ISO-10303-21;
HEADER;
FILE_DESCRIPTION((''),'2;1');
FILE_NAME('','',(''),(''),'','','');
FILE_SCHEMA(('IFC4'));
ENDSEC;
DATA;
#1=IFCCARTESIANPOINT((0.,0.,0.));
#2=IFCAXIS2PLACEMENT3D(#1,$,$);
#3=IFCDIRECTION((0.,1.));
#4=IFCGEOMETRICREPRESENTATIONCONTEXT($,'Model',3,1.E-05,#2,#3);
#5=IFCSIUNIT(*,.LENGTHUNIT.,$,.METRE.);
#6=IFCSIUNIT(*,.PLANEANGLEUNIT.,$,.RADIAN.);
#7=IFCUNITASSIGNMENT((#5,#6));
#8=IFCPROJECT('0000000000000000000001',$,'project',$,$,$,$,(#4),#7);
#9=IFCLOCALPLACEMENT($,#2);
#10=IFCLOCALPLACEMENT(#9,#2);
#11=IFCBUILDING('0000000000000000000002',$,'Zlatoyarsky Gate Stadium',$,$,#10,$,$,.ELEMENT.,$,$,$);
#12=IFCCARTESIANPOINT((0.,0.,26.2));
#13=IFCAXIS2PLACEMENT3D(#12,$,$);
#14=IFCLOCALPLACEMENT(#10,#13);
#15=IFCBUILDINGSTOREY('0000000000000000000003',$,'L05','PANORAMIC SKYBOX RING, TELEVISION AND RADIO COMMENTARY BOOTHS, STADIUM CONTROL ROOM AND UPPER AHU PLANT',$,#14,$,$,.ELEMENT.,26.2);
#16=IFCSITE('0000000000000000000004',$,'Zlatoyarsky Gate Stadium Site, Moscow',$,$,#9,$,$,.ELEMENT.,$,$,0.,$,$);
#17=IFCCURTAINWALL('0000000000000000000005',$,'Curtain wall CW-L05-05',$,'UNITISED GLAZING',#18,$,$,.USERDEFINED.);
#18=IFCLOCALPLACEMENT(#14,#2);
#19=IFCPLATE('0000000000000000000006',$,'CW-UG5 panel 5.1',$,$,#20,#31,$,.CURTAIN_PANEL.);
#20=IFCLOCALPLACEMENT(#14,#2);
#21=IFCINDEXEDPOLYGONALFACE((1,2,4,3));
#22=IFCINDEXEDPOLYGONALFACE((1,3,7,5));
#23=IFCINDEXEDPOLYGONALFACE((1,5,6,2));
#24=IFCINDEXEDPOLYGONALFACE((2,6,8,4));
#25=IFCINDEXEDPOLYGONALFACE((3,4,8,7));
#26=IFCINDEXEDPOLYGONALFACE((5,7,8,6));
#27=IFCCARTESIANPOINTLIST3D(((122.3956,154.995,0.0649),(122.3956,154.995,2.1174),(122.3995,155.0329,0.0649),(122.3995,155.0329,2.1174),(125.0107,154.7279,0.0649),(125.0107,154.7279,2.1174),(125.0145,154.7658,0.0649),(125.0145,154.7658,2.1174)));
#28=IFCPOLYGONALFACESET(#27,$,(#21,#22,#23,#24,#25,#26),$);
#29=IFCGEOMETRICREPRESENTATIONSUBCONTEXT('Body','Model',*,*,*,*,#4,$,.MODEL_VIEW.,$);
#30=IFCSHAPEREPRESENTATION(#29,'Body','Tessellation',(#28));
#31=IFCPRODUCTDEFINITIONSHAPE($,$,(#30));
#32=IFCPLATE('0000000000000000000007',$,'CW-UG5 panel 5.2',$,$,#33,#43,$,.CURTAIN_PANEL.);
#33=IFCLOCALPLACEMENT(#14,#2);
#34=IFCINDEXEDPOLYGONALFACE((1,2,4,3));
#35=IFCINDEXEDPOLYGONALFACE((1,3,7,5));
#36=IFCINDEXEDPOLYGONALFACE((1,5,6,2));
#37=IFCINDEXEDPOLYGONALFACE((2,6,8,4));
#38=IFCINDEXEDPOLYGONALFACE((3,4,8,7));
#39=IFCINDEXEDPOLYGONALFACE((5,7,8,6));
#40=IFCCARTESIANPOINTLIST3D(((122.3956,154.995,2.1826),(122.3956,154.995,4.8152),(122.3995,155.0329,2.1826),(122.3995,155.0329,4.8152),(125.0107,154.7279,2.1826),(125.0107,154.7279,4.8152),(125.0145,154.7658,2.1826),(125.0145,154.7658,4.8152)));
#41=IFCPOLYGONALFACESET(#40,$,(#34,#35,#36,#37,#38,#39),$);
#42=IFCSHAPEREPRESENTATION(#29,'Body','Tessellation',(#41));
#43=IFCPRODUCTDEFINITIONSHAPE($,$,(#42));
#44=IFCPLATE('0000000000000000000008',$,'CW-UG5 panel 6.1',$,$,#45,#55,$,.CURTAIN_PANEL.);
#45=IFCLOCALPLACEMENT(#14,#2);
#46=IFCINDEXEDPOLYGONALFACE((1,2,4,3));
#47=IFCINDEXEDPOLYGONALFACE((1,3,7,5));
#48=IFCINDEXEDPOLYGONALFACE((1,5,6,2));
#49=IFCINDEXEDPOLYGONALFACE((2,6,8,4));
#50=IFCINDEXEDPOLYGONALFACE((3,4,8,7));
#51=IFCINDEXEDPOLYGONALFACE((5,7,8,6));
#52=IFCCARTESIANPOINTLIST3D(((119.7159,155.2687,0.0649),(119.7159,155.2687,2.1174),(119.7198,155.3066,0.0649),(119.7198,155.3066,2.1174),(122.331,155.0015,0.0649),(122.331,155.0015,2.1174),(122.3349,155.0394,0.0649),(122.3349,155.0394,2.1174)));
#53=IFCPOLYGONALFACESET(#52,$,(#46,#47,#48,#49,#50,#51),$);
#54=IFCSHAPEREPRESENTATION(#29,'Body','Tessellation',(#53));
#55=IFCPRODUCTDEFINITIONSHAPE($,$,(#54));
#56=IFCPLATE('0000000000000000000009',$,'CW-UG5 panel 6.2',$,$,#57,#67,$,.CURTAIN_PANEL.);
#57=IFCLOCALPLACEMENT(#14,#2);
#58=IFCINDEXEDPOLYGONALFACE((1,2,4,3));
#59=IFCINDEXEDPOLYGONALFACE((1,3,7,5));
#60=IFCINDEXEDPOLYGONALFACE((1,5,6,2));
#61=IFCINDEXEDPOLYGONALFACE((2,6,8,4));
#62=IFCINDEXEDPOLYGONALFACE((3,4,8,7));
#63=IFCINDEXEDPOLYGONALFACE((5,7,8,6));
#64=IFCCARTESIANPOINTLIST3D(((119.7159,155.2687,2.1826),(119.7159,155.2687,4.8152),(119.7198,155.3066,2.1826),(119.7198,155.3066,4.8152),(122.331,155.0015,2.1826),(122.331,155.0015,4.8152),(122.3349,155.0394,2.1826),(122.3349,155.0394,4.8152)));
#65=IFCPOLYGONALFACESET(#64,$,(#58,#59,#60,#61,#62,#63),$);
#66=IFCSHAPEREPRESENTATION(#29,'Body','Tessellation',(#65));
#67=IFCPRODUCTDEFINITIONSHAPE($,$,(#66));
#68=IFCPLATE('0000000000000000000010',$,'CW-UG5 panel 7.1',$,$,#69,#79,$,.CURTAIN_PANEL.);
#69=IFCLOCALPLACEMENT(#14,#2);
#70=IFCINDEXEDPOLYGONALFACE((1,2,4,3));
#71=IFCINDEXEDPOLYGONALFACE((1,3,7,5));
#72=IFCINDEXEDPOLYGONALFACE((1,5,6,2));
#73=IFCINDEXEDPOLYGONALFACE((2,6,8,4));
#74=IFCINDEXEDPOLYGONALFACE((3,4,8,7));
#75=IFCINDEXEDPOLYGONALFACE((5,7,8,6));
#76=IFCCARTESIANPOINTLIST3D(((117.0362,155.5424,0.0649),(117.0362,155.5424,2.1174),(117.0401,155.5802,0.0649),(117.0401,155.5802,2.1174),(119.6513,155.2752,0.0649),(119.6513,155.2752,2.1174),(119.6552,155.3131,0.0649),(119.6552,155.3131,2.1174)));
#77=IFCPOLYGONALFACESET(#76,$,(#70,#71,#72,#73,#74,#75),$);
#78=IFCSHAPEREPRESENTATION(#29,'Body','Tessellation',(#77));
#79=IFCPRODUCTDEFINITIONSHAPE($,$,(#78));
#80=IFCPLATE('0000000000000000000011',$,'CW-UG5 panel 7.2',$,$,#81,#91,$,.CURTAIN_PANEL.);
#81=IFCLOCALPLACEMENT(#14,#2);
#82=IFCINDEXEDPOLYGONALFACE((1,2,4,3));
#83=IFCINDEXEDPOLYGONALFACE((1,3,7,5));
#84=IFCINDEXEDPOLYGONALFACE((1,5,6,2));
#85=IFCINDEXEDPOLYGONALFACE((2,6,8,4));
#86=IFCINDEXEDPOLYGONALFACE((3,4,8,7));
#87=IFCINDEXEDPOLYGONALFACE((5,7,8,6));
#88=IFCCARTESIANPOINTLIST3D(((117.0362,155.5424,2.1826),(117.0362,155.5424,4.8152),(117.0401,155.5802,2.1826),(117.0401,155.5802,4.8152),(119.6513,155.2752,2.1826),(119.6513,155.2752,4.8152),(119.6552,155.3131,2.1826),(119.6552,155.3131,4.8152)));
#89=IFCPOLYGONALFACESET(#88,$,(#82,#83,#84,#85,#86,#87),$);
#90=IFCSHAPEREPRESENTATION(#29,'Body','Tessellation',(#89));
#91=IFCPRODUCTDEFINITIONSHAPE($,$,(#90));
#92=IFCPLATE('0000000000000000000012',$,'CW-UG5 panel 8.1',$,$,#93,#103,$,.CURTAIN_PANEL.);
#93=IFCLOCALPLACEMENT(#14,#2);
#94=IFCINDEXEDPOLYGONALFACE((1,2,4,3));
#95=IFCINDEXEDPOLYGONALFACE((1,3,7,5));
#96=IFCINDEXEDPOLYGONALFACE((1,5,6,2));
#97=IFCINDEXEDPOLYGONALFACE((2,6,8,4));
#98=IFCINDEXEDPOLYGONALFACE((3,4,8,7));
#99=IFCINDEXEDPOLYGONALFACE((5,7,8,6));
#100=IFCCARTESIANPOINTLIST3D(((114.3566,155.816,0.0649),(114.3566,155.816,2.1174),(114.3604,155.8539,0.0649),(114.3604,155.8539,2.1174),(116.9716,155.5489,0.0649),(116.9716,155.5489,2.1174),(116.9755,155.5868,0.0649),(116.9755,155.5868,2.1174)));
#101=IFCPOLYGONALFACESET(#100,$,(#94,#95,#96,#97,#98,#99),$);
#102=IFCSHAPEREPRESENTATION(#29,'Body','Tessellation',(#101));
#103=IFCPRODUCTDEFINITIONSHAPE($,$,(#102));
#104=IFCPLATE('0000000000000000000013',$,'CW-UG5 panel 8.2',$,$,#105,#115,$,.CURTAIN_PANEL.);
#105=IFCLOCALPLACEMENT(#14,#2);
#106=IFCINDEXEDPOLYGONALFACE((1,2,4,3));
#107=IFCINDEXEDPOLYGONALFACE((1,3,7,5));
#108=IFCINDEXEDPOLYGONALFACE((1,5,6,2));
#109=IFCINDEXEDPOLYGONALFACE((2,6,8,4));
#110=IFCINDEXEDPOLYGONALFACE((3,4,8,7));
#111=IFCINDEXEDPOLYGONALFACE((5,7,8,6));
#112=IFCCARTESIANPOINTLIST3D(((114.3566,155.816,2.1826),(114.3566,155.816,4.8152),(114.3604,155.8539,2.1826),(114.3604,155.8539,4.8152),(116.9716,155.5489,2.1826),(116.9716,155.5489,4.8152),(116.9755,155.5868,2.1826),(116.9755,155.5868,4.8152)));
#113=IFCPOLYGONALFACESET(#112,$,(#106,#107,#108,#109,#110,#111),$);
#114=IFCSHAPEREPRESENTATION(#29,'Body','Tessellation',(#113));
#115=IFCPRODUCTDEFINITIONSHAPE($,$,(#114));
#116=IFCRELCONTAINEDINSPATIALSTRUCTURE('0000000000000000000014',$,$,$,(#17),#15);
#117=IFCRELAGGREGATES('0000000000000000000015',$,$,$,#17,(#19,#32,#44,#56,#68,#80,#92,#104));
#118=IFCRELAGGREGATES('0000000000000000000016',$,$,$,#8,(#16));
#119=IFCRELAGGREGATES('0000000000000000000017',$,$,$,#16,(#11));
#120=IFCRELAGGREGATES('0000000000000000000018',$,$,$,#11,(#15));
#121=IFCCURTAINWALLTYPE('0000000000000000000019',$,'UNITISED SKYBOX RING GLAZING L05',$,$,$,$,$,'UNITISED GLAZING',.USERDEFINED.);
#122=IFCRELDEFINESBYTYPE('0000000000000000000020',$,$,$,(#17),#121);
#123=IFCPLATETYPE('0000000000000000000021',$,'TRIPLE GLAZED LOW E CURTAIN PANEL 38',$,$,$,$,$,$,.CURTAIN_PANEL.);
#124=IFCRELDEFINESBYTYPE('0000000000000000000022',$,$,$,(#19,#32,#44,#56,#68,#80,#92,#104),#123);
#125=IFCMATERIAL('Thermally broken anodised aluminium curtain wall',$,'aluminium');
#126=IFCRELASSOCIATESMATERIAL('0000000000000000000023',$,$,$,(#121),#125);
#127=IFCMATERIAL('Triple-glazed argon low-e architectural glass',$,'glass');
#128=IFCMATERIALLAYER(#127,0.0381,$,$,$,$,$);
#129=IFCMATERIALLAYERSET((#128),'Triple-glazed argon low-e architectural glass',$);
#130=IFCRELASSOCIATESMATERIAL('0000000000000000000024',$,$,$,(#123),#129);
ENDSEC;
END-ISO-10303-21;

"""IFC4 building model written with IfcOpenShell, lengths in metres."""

from ifc_helpers import new_model, si_unit, direction, frame, origin, origin_2d, place, context, subcontext, project, spatial, rectangle, extrude, material, layer, layer_set, type_object, element, aggregate, save


model = new_model("IFC4")

# Units and contexts
model_context = context("Model", 3, precision=1e-05, world=origin(), true_north=direction((0.0, 1.0)))
body_context = subcontext(model_context, "Body", "Model", "MODEL_VIEW")
ifc_project = project(units=[si_unit("LENGTHUNIT", "METRE"), si_unit("PLANEANGLEUNIT", "RADIAN")], contexts=[model_context])

# Site, building, storey
site_placement = place(None, origin())
site = spatial("IfcSite", under=ifc_project, at=site_placement, Name="Zlatoyarsky Gate Stadium Site, Moscow", CompositionType="ELEMENT", RefElevation=0.0)
building_placement = place(site_placement, origin())
building = spatial("IfcBuilding", under=site, at=building_placement, Name="Zlatoyarsky Gate Stadium", CompositionType="ELEMENT")
storey_placement = place(building_placement, frame((0.0, 0.0, 26.2)))
storey = spatial("IfcBuildingStorey", under=building, at=storey_placement, Name="L05", Description="PANORAMIC SKYBOX RING, TELEVISION AND RADIO COMMENTARY BOOTHS, STADIUM CONTROL ROOM AND UPPER AHU PLANT", CompositionType="ELEMENT", Elevation=26.2)

# Curtain wall
ifc_material_1 = material(Name="Thermally broken anodised aluminium curtain wall", Category="aluminium")
curtain_wall_type = type_object("IfcCurtainWallType", Name="UNITISED SKYBOX RING GLAZING L05", ElementType="UNITISED GLAZING", PredefinedType="USERDEFINED", material=ifc_material_1)
curtain_wall_placement = place(storey_placement, origin())
curtain_wall = element("IfcCurtainWall", 1, at=curtain_wall_placement, inside=storey, type_object=curtain_wall_type, Name="Curtain wall CW-L05-05", ObjectType="UNITISED GLAZING", PredefinedType="USERDEFINED")

# Plates
ifc_material_2 = material(Name="Triple-glazed argon low-e architectural glass", Category="glass")
ifc_layer_1 = layer(ifc_material_2, 0.0381)
ifc_layer_set_1 = layer_set([ifc_layer_1], Name="Triple-glazed argon low-e architectural glass")
plate_type_1 = type_object("IfcPlateType", Name="TRIPLE GLAZED LOW E CURTAIN PANEL 38", PredefinedType="CURTAIN_PANEL", material=ifc_layer_set_1)
plate_1_placement = place(storey_placement, frame((123.7051, 154.8804, 0.0649), z_axis=(0.0, 0.0, 1.0), x_axis=(-0.994823, 0.101618, 0.0)))
plate_1 = element("IfcPlate", 2, at=plate_1_placement, type_object=plate_type_1, Name="CW-UG5 panel 5.1", PredefinedType="CURTAIN_PANEL", context=body_context, shape_type="SweptSolid", body=[
    extrude(rectangle(XDim=2.6287, YDim=0.0381, at=origin_2d()), origin(), (0.0, 0.0, 1.0), 2.0525),
])
plate_2_placement = place(storey_placement, frame((123.7051, 154.8804, 2.1826), z_axis=(0.0, 0.0, 1.0), x_axis=(-0.994823, 0.101618, 0.0)))
plate_2 = element("IfcPlate", 3, at=plate_2_placement, type_object=plate_type_1, Name="CW-UG5 panel 5.2", PredefinedType="CURTAIN_PANEL", context=body_context, shape_type="SweptSolid", body=[
    extrude(rectangle(XDim=2.6287, YDim=0.0381, at=origin_2d()), origin(), (0.0, 0.0, 1.0), 2.6326),
])
plate_3_placement = place(storey_placement, frame((121.0254, 155.1541, 0.0649), z_axis=(0.0, 0.0, 1.0), x_axis=(-0.994823, 0.101618, 0.0)))
plate_3 = element("IfcPlate", 4, at=plate_3_placement, type_object=plate_type_1, Name="CW-UG5 panel 6.1", PredefinedType="CURTAIN_PANEL", context=body_context, shape_type="SweptSolid", body=[
    extrude(rectangle(XDim=2.6287, YDim=0.0381, at=origin_2d()), origin(), (0.0, 0.0, 1.0), 2.0525),
])
plate_4_placement = place(storey_placement, frame((121.0254, 155.1541, 2.1826), z_axis=(0.0, 0.0, 1.0), x_axis=(-0.994823, 0.101618, 0.0)))
plate_4 = element("IfcPlate", 5, at=plate_4_placement, type_object=plate_type_1, Name="CW-UG5 panel 6.2", PredefinedType="CURTAIN_PANEL", context=body_context, shape_type="SweptSolid", body=[
    extrude(rectangle(XDim=2.6287, YDim=0.0381, at=origin_2d()), origin(), (0.0, 0.0, 1.0), 2.6326),
])
plate_5_placement = place(storey_placement, frame((118.3457, 155.4277, 0.0649), z_axis=(0.0, 0.0, 1.0), x_axis=(-0.994823, 0.101618, 0.0)))
plate_5 = element("IfcPlate", 6, at=plate_5_placement, type_object=plate_type_1, Name="CW-UG5 panel 7.1", PredefinedType="CURTAIN_PANEL", context=body_context, shape_type="SweptSolid", body=[
    extrude(rectangle(XDim=2.6287, YDim=0.0381, at=origin_2d()), origin(), (0.0, 0.0, 1.0), 2.0525),
])
plate_6_placement = place(storey_placement, frame((118.3457, 155.4277, 2.1826), z_axis=(0.0, 0.0, 1.0), x_axis=(-0.994823, 0.101618, 0.0)))
plate_6 = element("IfcPlate", 7, at=plate_6_placement, type_object=plate_type_1, Name="CW-UG5 panel 7.2", PredefinedType="CURTAIN_PANEL", context=body_context, shape_type="SweptSolid", body=[
    extrude(rectangle(XDim=2.6287, YDim=0.0381, at=origin_2d()), origin(), (0.0, 0.0, 1.0), 2.6326),
])
plate_7_placement = place(storey_placement, frame((115.666, 155.7014, 0.0649), z_axis=(0.0, 0.0, 1.0), x_axis=(-0.994823, 0.101618, 0.0)))
plate_7 = element("IfcPlate", 8, at=plate_7_placement, type_object=plate_type_1, Name="CW-UG5 panel 8.1", PredefinedType="CURTAIN_PANEL", context=body_context, shape_type="SweptSolid", body=[
    extrude(rectangle(XDim=2.6287, YDim=0.0381, at=origin_2d()), origin(), (0.0, 0.0, 1.0), 2.0525),
])
plate_8_placement = place(storey_placement, frame((115.666, 155.7014, 2.1826), z_axis=(0.0, 0.0, 1.0), x_axis=(-0.994823, 0.101618, 0.0)))
plate_8 = element("IfcPlate", 9, at=plate_8_placement, type_object=plate_type_1, Name="CW-UG5 panel 8.2", PredefinedType="CURTAIN_PANEL", context=body_context, shape_type="SweptSolid", body=[
    extrude(rectangle(XDim=2.6287, YDim=0.0381, at=origin_2d()), origin(), (0.0, 0.0, 1.0), 2.6326),
])
aggregate(curtain_wall, [plate_1, plate_2, plate_3, plate_4, plate_5, plate_6, plate_7, plate_8])

save(model, "model.ifc")
